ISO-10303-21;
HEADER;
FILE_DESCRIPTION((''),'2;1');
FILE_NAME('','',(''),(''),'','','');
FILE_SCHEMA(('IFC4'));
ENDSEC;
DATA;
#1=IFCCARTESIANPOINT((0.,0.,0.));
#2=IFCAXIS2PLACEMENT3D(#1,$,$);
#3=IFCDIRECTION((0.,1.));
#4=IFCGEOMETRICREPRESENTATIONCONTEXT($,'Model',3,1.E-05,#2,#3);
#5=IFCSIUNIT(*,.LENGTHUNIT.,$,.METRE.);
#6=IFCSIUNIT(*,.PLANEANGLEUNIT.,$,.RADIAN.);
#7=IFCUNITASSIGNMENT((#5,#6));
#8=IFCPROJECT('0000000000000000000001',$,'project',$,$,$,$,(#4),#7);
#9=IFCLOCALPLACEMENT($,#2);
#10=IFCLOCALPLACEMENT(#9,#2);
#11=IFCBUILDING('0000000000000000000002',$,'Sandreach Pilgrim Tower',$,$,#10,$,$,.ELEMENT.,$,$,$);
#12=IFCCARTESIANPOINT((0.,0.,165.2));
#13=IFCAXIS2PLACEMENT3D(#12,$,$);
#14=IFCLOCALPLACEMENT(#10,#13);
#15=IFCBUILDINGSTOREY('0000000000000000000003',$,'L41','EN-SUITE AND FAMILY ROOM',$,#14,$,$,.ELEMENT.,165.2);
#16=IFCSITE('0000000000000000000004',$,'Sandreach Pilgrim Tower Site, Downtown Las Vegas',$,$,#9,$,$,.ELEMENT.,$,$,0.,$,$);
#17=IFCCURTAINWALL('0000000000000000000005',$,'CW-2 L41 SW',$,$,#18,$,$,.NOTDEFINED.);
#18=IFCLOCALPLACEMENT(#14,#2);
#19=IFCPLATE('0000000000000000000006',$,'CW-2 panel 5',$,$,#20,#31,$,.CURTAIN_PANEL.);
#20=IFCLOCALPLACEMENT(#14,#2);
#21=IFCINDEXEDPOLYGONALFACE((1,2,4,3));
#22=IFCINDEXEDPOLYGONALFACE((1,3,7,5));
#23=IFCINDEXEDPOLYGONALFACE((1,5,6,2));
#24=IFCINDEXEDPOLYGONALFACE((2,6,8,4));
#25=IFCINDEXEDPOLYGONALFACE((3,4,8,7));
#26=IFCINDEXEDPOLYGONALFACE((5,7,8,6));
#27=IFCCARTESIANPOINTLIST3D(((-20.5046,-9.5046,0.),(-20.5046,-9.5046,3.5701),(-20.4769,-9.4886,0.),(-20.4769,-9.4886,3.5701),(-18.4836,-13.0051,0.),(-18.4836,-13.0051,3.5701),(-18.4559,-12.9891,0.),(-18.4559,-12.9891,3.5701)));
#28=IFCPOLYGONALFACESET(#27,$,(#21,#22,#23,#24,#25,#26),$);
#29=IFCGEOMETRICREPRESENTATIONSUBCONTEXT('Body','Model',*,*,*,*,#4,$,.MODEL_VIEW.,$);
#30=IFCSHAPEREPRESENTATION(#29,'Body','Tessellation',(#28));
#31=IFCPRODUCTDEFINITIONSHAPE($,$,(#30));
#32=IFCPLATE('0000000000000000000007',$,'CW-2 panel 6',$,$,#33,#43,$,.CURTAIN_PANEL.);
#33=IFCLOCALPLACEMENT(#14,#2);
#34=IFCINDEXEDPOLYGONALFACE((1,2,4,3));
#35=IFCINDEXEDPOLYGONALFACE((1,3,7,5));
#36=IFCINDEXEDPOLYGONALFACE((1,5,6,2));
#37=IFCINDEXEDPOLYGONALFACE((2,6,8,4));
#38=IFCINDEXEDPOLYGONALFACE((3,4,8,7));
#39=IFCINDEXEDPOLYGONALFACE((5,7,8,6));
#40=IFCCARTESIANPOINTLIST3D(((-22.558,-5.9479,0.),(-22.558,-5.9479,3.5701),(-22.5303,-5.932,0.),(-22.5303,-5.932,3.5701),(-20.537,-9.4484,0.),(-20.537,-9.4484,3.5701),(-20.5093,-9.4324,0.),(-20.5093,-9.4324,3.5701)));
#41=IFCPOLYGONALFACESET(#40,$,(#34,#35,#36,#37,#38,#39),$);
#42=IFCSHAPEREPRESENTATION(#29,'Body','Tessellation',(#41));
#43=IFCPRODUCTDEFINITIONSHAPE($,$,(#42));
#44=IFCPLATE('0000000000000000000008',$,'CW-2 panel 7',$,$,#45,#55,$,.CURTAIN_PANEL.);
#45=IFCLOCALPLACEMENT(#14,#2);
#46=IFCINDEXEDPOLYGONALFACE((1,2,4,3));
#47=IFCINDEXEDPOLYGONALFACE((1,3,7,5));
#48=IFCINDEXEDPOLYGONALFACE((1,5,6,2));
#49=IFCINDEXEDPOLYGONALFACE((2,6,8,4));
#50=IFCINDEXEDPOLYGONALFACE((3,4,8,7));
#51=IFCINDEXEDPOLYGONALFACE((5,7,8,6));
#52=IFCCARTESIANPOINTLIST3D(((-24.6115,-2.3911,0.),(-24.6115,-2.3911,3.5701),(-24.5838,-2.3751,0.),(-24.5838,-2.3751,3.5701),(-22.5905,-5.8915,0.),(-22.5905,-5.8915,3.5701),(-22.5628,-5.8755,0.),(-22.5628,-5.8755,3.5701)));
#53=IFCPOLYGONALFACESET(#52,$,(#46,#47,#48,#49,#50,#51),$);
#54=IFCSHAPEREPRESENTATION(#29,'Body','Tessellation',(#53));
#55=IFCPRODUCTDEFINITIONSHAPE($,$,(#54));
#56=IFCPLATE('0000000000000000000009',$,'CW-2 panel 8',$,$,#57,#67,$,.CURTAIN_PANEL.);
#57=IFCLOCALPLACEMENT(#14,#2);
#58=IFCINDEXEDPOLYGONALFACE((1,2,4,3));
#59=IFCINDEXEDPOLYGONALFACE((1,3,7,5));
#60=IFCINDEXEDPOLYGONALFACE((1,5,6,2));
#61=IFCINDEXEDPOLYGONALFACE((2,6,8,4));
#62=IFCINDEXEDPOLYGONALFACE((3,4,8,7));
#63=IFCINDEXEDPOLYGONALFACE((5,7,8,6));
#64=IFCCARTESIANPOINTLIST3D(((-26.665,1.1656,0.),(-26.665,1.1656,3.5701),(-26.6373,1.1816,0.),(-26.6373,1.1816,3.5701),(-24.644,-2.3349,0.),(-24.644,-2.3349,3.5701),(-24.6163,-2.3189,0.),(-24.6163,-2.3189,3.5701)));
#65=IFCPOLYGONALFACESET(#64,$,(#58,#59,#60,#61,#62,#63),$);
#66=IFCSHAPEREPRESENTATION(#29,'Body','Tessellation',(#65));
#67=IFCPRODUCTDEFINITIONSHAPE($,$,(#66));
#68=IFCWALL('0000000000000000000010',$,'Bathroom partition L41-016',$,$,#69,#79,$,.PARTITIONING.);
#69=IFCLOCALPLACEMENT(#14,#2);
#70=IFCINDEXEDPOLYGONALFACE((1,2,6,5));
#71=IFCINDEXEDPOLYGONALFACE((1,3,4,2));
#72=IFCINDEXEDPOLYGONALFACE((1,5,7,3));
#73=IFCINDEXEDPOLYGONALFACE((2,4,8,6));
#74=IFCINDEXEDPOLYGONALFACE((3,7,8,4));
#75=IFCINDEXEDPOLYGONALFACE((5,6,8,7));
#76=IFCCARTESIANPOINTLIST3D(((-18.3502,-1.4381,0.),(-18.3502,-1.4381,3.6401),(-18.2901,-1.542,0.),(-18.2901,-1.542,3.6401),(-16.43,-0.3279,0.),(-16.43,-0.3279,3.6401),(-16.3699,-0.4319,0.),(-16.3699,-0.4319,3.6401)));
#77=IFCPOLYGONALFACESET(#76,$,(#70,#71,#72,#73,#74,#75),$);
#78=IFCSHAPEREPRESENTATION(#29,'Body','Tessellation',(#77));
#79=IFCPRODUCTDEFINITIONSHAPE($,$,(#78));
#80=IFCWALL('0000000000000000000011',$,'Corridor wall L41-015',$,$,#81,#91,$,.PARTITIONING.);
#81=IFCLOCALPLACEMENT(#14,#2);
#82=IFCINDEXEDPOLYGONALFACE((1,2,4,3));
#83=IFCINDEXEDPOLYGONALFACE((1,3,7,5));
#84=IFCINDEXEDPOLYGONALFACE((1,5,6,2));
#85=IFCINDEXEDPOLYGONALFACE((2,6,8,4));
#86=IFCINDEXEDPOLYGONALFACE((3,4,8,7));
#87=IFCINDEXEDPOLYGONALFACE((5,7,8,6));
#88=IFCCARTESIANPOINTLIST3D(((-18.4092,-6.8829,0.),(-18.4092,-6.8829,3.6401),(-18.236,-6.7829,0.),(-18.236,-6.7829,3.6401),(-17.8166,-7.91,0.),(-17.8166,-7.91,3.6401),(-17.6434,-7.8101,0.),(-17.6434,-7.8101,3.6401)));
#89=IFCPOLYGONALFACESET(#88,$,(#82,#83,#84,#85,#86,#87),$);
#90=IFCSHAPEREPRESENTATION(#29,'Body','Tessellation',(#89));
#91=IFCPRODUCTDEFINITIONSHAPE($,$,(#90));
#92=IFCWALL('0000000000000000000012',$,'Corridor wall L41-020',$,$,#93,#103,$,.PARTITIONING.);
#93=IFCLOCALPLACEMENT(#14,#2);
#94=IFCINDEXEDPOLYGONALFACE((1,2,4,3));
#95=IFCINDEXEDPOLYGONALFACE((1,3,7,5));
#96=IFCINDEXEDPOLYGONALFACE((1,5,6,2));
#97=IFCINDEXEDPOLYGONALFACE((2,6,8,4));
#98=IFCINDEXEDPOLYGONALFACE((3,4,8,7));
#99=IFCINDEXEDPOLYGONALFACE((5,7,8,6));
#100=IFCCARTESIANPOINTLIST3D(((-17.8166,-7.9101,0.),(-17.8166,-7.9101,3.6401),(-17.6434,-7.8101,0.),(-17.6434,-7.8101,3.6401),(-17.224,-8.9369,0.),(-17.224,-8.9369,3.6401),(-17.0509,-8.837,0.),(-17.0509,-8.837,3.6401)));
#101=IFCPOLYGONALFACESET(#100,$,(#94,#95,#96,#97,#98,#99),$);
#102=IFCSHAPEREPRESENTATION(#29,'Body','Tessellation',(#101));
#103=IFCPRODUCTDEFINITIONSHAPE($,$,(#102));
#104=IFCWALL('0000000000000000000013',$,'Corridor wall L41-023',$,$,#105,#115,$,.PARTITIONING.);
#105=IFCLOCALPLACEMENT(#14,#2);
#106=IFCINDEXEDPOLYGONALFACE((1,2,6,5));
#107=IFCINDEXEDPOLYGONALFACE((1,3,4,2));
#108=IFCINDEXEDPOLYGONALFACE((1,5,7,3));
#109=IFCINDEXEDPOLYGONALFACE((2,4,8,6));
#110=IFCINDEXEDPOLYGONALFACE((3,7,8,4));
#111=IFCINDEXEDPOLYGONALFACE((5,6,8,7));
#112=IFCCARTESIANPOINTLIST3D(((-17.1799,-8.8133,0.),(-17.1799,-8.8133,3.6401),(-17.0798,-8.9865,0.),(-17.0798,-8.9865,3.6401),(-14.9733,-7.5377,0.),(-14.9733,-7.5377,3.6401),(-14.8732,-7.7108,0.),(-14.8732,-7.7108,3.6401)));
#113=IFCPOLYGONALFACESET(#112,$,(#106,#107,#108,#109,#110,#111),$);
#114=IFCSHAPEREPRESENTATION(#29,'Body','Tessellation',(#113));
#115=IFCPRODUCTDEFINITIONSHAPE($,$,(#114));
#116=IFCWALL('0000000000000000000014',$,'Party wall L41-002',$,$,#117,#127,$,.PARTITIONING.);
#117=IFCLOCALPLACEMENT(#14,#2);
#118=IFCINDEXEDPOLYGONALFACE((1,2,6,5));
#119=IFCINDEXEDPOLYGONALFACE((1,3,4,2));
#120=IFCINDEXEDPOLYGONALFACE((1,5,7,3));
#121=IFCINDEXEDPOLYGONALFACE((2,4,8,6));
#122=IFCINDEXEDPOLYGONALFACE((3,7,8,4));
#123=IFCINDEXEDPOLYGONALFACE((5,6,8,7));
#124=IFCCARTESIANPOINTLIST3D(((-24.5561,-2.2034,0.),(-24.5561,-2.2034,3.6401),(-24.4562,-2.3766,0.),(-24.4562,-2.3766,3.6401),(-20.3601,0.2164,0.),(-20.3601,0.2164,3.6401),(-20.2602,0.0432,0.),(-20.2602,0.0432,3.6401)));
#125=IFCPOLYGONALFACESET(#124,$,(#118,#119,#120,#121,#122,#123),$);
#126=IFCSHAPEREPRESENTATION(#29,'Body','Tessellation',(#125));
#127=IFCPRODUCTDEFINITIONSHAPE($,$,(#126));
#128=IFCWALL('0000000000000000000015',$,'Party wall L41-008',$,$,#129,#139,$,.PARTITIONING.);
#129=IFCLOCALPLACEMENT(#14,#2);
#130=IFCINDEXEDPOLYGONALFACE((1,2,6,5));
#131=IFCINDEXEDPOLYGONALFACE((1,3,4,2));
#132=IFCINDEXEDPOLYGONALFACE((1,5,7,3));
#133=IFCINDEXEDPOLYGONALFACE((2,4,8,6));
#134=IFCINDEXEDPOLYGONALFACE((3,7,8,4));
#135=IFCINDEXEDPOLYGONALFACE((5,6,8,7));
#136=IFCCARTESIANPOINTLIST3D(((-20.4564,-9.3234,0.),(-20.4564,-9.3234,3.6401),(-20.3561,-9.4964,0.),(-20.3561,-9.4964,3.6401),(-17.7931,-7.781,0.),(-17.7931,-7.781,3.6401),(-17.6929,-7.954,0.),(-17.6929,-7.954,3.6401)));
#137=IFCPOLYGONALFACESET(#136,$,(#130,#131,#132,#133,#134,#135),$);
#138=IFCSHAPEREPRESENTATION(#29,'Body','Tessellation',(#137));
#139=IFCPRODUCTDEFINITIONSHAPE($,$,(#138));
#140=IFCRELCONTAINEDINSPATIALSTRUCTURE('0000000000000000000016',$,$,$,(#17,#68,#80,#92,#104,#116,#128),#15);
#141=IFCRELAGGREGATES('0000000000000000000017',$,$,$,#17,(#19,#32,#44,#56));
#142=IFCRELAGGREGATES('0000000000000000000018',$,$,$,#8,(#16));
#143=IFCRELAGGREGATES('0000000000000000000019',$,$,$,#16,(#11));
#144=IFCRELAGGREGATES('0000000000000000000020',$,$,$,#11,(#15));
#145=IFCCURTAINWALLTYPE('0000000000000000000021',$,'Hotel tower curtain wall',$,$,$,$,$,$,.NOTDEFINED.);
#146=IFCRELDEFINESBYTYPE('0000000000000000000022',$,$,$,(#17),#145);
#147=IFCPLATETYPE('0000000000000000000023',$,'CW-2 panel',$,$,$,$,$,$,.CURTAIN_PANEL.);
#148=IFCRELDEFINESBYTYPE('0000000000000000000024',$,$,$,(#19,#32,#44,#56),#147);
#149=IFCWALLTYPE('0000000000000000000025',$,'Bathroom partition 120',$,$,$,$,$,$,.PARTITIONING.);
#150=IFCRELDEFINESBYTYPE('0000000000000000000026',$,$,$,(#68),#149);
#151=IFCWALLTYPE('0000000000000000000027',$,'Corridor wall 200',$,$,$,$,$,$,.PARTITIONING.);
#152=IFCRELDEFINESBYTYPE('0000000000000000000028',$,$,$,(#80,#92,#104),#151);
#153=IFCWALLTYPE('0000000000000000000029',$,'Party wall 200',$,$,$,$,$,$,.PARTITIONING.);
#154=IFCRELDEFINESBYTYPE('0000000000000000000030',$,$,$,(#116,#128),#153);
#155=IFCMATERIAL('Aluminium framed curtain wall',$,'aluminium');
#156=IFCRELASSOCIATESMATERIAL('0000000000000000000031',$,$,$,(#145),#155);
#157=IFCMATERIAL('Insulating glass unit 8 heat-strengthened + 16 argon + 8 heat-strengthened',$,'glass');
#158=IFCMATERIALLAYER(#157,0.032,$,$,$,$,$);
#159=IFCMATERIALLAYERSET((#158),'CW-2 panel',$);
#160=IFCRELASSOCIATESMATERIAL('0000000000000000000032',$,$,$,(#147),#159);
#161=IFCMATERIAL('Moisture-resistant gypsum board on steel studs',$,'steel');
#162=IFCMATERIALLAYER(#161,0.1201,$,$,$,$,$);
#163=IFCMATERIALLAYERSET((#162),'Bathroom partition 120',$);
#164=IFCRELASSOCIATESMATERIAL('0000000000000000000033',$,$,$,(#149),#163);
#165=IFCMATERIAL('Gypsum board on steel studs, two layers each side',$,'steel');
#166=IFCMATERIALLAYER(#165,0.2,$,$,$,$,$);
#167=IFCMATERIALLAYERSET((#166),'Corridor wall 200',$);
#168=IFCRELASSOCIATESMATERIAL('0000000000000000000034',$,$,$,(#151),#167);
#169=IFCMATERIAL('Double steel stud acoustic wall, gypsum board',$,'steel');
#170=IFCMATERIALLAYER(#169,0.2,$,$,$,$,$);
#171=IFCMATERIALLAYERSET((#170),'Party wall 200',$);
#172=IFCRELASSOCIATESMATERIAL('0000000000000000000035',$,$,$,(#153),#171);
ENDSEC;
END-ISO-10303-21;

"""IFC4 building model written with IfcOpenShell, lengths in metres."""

from ifc_helpers import new_model, si_unit, direction, frame, frame_2d, origin, origin_2d, place, context, subcontext, project, spatial, rectangle, extrude, material, layer, layer_set, type_object, element, aggregate, save


model = new_model("IFC4")

# Units and contexts
model_context = context("Model", 3, precision=1e-05, world=origin(), true_north=direction((0.0, 1.0)))
body_context = subcontext(model_context, "Body", "Model", "MODEL_VIEW")
ifc_project = project(units=[si_unit("LENGTHUNIT", "METRE"), si_unit("PLANEANGLEUNIT", "RADIAN")], contexts=[model_context])

# Site, building, storey
site_placement = place(None, origin())
site = spatial("IfcSite", under=ifc_project, at=site_placement, Name="Sandreach Pilgrim Tower Site, Downtown Las Vegas", CompositionType="ELEMENT", RefElevation=0.0)
building_placement = place(site_placement, origin())
building = spatial("IfcBuilding", under=site, at=building_placement, Name="Sandreach Pilgrim Tower", CompositionType="ELEMENT")
storey_placement = place(building_placement, frame((0.0, 0.0, 165.2)))
storey = spatial("IfcBuildingStorey", under=building, at=storey_placement, Name="L41", Description="EN-SUITE AND FAMILY ROOM", CompositionType="ELEMENT", Elevation=165.2)

# Curtain wall
ifc_material_1 = material(Name="Aluminium framed curtain wall", Category="aluminium")
curtain_wall_type = type_object("IfcCurtainWallType", Name="Hotel tower curtain wall", PredefinedType="NOTDEFINED", material=ifc_material_1)
curtain_wall_placement = place(storey_placement, origin())
curtain_wall = element("IfcCurtainWall", 1, at=curtain_wall_placement, inside=storey, type_object=curtain_wall_type, Name="CW-2 L41 SW", PredefinedType="NOTDEFINED")

# Plates
ifc_material_2 = material(Name="Insulating glass unit 8 heat-strengthened + 16 argon + 8 heat-strengthened", Category="glass")
ifc_layer_1 = layer(ifc_material_2, 0.032)
ifc_layer_set_1 = layer_set([ifc_layer_1], Name="CW-2 panel")
plate_type = type_object("IfcPlateType", Name="CW-2 panel", PredefinedType="CURTAIN_PANEL", material=ifc_layer_set_1)
plate_1_placement = place(storey_placement, frame((-19.4802, -11.2468, 0.0), z_axis=(0.0, 0.0, 1.0), x_axis=(-0.5, 0.866025, 0.0)))
plate_1 = element("IfcPlate", 2, at=plate_1_placement, type_object=plate_type, Name="CW-2 panel 5", PredefinedType="CURTAIN_PANEL", context=body_context, shape_type="SweptSolid", body=[
    extrude(rectangle(XDim=4.042, YDim=0.032, at=origin_2d()), origin(), (0.0, 0.0, 1.0), 3.5701),
])
plate_2_placement = place(storey_placement, frame((-21.5337, -7.6902, 0.0), z_axis=(0.0, 0.0, 1.0), x_axis=(-0.5, 0.866025, 0.0)))
plate_2 = element("IfcPlate", 3, at=plate_2_placement, type_object=plate_type, Name="CW-2 panel 6", PredefinedType="CURTAIN_PANEL", context=body_context, shape_type="SweptSolid", body=[
    extrude(rectangle(XDim=4.042, YDim=0.032, at=origin_2d()), origin(), (0.0, 0.0, 1.0), 3.5701),
])
plate_3_placement = place(storey_placement, frame((-23.5872, -4.1333, 0.0), z_axis=(0.0, 0.0, 1.0), x_axis=(-0.5, 0.866025, 0.0)))
plate_3 = element("IfcPlate", 4, at=plate_3_placement, type_object=plate_type, Name="CW-2 panel 7", PredefinedType="CURTAIN_PANEL", context=body_context, shape_type="SweptSolid", body=[
    extrude(rectangle(XDim=4.042, YDim=0.032, at=origin_2d()), origin(), (0.0, 0.0, 1.0), 3.5701),
])
plate_4_placement = place(storey_placement, frame((-25.6406, -0.5767, 0.0), z_axis=(0.0, 0.0, 1.0), x_axis=(-0.5, 0.866025, 0.0)))
plate_4 = element("IfcPlate", 5, at=plate_4_placement, type_object=plate_type, Name="CW-2 panel 8", PredefinedType="CURTAIN_PANEL", context=body_context, shape_type="SweptSolid", body=[
    extrude(rectangle(XDim=4.042, YDim=0.032, at=origin_2d()), origin(), (0.0, 0.0, 1.0), 3.5701),
])
aggregate(curtain_wall, [plate_1, plate_2, plate_3, plate_4])

# Walls
ifc_material_3 = material(Name="Moisture-resistant gypsum board on steel studs", Category="steel")
ifc_layer_2 = layer(ifc_material_3, 0.1201)
ifc_layer_set_2 = layer_set([ifc_layer_2], Name="Bathroom partition 120")
wall_type_1 = type_object("IfcWallType", Name="Bathroom partition 120", PredefinedType="PARTITIONING", material=ifc_layer_set_2)
wall_1_placement = place(storey_placement, frame((-18.3201, -1.49, 0.0), z_axis=(0.0, 0.0, 1.0), x_axis=(0.865733, 0.500507, 0.0)))
element("IfcWall", 6, at=wall_1_placement, inside=storey, type_object=wall_type_1, Name="Bathroom partition L41-016", PredefinedType="PARTITIONING", context=body_context, shape_type="SweptSolid", body=[
    extrude(rectangle(XDim=2.218, YDim=0.1201, at=frame_2d((1.1089, 0.0))), origin(), (0.0, 0.0, 1.0), 3.6401),
])
ifc_material_4 = material(Name="Gypsum board on steel studs, two layers each side", Category="steel")
ifc_layer_3 = layer(ifc_material_4, 0.2)
ifc_layer_set_3 = layer_set([ifc_layer_3], Name="Corridor wall 200")
wall_type_2 = type_object("IfcWallType", Name="Corridor wall 200", PredefinedType="PARTITIONING", material=ifc_layer_set_3)
wall_2_placement = place(storey_placement, frame((-18.3225, -6.833, 0.0), z_axis=(0.0, 0.0, 1.0), x_axis=(0.499705, -0.866196, 0.0)))
element("IfcWall", 7, at=wall_2_placement, inside=storey, type_object=wall_type_2, Name="Corridor wall L41-015", PredefinedType="PARTITIONING", context=body_context, shape_type="SweptSolid", body=[
    extrude(rectangle(XDim=1.1858, YDim=0.2, at=frame_2d((0.5928, 0.0))), origin(), (0.0, 0.0, 1.0), 3.6401),
])
wall_3_placement = place(storey_placement, frame((-17.73, -7.8601, 0.0), z_axis=(0.0, 0.0, 1.0), x_axis=(0.499794, -0.866144, 0.0)))
element("IfcWall", 8, at=wall_3_placement, inside=storey, type_object=wall_type_2, Name="Corridor wall L41-020", PredefinedType="PARTITIONING", context=body_context, shape_type="SweptSolid", body=[
    extrude(rectangle(XDim=1.1855, YDim=0.2, at=frame_2d((0.5928, 0.0))), origin(), (0.0, 0.0, 1.0), 3.6401),
])
wall_4_placement = place(storey_placement, frame((-17.1299, -8.8999, 0.0), z_axis=(0.0, 0.0, 1.0), x_axis=(0.865739, 0.500496, 0.0)))
element("IfcWall", 9, at=wall_4_placement, inside=storey, type_object=wall_type_2, Name="Corridor wall L41-023", PredefinedType="PARTITIONING", context=body_context, shape_type="SweptSolid", body=[
    extrude(rectangle(XDim=2.5488, YDim=0.2, at=frame_2d((1.2744, 0.0))), origin(), (0.0, 0.0, 1.0), 3.6401),
])
ifc_material_5 = material(Name="Double steel stud acoustic wall, gypsum board", Category="steel")
ifc_layer_4 = layer(ifc_material_5, 0.2)
ifc_layer_set_4 = layer_set([ifc_layer_4], Name="Party wall 200")
wall_type_3 = type_object("IfcWallType", Name="Party wall 200", PredefinedType="PARTITIONING", material=ifc_layer_set_4)
wall_5_placement = place(storey_placement, frame((-24.5061, -2.29, 0.0), z_axis=(0.0, 0.0, 1.0), x_axis=(0.866264, 0.499587, 0.0)))
element("IfcWall", 10, at=wall_5_placement, inside=storey, type_object=wall_type_3, Name="Party wall L41-002", PredefinedType="PARTITIONING", context=body_context, shape_type="SweptSolid", body=[
    extrude(rectangle(XDim=4.8438, YDim=0.2, at=frame_2d((2.4219, 0.0))), origin(), (0.0, 0.0, 1.0), 3.6401),
])
wall_6_placement = place(storey_placement, frame((-20.4062, -9.4099, 0.0), z_axis=(0.0, 0.0, 1.0), x_axis=(0.865348, 0.501171, 0.0)))
element("IfcWall", 11, at=wall_6_placement, inside=storey, type_object=wall_type_3, Name="Party wall L41-008", PredefinedType="PARTITIONING", context=body_context, shape_type="SweptSolid", body=[
    extrude(rectangle(XDim=3.0776, YDim=0.2, at=frame_2d((1.5388, 0.0))), origin(), (0.0, 0.0, 1.0), 3.6401),
])

save(model, "model.ifc")
